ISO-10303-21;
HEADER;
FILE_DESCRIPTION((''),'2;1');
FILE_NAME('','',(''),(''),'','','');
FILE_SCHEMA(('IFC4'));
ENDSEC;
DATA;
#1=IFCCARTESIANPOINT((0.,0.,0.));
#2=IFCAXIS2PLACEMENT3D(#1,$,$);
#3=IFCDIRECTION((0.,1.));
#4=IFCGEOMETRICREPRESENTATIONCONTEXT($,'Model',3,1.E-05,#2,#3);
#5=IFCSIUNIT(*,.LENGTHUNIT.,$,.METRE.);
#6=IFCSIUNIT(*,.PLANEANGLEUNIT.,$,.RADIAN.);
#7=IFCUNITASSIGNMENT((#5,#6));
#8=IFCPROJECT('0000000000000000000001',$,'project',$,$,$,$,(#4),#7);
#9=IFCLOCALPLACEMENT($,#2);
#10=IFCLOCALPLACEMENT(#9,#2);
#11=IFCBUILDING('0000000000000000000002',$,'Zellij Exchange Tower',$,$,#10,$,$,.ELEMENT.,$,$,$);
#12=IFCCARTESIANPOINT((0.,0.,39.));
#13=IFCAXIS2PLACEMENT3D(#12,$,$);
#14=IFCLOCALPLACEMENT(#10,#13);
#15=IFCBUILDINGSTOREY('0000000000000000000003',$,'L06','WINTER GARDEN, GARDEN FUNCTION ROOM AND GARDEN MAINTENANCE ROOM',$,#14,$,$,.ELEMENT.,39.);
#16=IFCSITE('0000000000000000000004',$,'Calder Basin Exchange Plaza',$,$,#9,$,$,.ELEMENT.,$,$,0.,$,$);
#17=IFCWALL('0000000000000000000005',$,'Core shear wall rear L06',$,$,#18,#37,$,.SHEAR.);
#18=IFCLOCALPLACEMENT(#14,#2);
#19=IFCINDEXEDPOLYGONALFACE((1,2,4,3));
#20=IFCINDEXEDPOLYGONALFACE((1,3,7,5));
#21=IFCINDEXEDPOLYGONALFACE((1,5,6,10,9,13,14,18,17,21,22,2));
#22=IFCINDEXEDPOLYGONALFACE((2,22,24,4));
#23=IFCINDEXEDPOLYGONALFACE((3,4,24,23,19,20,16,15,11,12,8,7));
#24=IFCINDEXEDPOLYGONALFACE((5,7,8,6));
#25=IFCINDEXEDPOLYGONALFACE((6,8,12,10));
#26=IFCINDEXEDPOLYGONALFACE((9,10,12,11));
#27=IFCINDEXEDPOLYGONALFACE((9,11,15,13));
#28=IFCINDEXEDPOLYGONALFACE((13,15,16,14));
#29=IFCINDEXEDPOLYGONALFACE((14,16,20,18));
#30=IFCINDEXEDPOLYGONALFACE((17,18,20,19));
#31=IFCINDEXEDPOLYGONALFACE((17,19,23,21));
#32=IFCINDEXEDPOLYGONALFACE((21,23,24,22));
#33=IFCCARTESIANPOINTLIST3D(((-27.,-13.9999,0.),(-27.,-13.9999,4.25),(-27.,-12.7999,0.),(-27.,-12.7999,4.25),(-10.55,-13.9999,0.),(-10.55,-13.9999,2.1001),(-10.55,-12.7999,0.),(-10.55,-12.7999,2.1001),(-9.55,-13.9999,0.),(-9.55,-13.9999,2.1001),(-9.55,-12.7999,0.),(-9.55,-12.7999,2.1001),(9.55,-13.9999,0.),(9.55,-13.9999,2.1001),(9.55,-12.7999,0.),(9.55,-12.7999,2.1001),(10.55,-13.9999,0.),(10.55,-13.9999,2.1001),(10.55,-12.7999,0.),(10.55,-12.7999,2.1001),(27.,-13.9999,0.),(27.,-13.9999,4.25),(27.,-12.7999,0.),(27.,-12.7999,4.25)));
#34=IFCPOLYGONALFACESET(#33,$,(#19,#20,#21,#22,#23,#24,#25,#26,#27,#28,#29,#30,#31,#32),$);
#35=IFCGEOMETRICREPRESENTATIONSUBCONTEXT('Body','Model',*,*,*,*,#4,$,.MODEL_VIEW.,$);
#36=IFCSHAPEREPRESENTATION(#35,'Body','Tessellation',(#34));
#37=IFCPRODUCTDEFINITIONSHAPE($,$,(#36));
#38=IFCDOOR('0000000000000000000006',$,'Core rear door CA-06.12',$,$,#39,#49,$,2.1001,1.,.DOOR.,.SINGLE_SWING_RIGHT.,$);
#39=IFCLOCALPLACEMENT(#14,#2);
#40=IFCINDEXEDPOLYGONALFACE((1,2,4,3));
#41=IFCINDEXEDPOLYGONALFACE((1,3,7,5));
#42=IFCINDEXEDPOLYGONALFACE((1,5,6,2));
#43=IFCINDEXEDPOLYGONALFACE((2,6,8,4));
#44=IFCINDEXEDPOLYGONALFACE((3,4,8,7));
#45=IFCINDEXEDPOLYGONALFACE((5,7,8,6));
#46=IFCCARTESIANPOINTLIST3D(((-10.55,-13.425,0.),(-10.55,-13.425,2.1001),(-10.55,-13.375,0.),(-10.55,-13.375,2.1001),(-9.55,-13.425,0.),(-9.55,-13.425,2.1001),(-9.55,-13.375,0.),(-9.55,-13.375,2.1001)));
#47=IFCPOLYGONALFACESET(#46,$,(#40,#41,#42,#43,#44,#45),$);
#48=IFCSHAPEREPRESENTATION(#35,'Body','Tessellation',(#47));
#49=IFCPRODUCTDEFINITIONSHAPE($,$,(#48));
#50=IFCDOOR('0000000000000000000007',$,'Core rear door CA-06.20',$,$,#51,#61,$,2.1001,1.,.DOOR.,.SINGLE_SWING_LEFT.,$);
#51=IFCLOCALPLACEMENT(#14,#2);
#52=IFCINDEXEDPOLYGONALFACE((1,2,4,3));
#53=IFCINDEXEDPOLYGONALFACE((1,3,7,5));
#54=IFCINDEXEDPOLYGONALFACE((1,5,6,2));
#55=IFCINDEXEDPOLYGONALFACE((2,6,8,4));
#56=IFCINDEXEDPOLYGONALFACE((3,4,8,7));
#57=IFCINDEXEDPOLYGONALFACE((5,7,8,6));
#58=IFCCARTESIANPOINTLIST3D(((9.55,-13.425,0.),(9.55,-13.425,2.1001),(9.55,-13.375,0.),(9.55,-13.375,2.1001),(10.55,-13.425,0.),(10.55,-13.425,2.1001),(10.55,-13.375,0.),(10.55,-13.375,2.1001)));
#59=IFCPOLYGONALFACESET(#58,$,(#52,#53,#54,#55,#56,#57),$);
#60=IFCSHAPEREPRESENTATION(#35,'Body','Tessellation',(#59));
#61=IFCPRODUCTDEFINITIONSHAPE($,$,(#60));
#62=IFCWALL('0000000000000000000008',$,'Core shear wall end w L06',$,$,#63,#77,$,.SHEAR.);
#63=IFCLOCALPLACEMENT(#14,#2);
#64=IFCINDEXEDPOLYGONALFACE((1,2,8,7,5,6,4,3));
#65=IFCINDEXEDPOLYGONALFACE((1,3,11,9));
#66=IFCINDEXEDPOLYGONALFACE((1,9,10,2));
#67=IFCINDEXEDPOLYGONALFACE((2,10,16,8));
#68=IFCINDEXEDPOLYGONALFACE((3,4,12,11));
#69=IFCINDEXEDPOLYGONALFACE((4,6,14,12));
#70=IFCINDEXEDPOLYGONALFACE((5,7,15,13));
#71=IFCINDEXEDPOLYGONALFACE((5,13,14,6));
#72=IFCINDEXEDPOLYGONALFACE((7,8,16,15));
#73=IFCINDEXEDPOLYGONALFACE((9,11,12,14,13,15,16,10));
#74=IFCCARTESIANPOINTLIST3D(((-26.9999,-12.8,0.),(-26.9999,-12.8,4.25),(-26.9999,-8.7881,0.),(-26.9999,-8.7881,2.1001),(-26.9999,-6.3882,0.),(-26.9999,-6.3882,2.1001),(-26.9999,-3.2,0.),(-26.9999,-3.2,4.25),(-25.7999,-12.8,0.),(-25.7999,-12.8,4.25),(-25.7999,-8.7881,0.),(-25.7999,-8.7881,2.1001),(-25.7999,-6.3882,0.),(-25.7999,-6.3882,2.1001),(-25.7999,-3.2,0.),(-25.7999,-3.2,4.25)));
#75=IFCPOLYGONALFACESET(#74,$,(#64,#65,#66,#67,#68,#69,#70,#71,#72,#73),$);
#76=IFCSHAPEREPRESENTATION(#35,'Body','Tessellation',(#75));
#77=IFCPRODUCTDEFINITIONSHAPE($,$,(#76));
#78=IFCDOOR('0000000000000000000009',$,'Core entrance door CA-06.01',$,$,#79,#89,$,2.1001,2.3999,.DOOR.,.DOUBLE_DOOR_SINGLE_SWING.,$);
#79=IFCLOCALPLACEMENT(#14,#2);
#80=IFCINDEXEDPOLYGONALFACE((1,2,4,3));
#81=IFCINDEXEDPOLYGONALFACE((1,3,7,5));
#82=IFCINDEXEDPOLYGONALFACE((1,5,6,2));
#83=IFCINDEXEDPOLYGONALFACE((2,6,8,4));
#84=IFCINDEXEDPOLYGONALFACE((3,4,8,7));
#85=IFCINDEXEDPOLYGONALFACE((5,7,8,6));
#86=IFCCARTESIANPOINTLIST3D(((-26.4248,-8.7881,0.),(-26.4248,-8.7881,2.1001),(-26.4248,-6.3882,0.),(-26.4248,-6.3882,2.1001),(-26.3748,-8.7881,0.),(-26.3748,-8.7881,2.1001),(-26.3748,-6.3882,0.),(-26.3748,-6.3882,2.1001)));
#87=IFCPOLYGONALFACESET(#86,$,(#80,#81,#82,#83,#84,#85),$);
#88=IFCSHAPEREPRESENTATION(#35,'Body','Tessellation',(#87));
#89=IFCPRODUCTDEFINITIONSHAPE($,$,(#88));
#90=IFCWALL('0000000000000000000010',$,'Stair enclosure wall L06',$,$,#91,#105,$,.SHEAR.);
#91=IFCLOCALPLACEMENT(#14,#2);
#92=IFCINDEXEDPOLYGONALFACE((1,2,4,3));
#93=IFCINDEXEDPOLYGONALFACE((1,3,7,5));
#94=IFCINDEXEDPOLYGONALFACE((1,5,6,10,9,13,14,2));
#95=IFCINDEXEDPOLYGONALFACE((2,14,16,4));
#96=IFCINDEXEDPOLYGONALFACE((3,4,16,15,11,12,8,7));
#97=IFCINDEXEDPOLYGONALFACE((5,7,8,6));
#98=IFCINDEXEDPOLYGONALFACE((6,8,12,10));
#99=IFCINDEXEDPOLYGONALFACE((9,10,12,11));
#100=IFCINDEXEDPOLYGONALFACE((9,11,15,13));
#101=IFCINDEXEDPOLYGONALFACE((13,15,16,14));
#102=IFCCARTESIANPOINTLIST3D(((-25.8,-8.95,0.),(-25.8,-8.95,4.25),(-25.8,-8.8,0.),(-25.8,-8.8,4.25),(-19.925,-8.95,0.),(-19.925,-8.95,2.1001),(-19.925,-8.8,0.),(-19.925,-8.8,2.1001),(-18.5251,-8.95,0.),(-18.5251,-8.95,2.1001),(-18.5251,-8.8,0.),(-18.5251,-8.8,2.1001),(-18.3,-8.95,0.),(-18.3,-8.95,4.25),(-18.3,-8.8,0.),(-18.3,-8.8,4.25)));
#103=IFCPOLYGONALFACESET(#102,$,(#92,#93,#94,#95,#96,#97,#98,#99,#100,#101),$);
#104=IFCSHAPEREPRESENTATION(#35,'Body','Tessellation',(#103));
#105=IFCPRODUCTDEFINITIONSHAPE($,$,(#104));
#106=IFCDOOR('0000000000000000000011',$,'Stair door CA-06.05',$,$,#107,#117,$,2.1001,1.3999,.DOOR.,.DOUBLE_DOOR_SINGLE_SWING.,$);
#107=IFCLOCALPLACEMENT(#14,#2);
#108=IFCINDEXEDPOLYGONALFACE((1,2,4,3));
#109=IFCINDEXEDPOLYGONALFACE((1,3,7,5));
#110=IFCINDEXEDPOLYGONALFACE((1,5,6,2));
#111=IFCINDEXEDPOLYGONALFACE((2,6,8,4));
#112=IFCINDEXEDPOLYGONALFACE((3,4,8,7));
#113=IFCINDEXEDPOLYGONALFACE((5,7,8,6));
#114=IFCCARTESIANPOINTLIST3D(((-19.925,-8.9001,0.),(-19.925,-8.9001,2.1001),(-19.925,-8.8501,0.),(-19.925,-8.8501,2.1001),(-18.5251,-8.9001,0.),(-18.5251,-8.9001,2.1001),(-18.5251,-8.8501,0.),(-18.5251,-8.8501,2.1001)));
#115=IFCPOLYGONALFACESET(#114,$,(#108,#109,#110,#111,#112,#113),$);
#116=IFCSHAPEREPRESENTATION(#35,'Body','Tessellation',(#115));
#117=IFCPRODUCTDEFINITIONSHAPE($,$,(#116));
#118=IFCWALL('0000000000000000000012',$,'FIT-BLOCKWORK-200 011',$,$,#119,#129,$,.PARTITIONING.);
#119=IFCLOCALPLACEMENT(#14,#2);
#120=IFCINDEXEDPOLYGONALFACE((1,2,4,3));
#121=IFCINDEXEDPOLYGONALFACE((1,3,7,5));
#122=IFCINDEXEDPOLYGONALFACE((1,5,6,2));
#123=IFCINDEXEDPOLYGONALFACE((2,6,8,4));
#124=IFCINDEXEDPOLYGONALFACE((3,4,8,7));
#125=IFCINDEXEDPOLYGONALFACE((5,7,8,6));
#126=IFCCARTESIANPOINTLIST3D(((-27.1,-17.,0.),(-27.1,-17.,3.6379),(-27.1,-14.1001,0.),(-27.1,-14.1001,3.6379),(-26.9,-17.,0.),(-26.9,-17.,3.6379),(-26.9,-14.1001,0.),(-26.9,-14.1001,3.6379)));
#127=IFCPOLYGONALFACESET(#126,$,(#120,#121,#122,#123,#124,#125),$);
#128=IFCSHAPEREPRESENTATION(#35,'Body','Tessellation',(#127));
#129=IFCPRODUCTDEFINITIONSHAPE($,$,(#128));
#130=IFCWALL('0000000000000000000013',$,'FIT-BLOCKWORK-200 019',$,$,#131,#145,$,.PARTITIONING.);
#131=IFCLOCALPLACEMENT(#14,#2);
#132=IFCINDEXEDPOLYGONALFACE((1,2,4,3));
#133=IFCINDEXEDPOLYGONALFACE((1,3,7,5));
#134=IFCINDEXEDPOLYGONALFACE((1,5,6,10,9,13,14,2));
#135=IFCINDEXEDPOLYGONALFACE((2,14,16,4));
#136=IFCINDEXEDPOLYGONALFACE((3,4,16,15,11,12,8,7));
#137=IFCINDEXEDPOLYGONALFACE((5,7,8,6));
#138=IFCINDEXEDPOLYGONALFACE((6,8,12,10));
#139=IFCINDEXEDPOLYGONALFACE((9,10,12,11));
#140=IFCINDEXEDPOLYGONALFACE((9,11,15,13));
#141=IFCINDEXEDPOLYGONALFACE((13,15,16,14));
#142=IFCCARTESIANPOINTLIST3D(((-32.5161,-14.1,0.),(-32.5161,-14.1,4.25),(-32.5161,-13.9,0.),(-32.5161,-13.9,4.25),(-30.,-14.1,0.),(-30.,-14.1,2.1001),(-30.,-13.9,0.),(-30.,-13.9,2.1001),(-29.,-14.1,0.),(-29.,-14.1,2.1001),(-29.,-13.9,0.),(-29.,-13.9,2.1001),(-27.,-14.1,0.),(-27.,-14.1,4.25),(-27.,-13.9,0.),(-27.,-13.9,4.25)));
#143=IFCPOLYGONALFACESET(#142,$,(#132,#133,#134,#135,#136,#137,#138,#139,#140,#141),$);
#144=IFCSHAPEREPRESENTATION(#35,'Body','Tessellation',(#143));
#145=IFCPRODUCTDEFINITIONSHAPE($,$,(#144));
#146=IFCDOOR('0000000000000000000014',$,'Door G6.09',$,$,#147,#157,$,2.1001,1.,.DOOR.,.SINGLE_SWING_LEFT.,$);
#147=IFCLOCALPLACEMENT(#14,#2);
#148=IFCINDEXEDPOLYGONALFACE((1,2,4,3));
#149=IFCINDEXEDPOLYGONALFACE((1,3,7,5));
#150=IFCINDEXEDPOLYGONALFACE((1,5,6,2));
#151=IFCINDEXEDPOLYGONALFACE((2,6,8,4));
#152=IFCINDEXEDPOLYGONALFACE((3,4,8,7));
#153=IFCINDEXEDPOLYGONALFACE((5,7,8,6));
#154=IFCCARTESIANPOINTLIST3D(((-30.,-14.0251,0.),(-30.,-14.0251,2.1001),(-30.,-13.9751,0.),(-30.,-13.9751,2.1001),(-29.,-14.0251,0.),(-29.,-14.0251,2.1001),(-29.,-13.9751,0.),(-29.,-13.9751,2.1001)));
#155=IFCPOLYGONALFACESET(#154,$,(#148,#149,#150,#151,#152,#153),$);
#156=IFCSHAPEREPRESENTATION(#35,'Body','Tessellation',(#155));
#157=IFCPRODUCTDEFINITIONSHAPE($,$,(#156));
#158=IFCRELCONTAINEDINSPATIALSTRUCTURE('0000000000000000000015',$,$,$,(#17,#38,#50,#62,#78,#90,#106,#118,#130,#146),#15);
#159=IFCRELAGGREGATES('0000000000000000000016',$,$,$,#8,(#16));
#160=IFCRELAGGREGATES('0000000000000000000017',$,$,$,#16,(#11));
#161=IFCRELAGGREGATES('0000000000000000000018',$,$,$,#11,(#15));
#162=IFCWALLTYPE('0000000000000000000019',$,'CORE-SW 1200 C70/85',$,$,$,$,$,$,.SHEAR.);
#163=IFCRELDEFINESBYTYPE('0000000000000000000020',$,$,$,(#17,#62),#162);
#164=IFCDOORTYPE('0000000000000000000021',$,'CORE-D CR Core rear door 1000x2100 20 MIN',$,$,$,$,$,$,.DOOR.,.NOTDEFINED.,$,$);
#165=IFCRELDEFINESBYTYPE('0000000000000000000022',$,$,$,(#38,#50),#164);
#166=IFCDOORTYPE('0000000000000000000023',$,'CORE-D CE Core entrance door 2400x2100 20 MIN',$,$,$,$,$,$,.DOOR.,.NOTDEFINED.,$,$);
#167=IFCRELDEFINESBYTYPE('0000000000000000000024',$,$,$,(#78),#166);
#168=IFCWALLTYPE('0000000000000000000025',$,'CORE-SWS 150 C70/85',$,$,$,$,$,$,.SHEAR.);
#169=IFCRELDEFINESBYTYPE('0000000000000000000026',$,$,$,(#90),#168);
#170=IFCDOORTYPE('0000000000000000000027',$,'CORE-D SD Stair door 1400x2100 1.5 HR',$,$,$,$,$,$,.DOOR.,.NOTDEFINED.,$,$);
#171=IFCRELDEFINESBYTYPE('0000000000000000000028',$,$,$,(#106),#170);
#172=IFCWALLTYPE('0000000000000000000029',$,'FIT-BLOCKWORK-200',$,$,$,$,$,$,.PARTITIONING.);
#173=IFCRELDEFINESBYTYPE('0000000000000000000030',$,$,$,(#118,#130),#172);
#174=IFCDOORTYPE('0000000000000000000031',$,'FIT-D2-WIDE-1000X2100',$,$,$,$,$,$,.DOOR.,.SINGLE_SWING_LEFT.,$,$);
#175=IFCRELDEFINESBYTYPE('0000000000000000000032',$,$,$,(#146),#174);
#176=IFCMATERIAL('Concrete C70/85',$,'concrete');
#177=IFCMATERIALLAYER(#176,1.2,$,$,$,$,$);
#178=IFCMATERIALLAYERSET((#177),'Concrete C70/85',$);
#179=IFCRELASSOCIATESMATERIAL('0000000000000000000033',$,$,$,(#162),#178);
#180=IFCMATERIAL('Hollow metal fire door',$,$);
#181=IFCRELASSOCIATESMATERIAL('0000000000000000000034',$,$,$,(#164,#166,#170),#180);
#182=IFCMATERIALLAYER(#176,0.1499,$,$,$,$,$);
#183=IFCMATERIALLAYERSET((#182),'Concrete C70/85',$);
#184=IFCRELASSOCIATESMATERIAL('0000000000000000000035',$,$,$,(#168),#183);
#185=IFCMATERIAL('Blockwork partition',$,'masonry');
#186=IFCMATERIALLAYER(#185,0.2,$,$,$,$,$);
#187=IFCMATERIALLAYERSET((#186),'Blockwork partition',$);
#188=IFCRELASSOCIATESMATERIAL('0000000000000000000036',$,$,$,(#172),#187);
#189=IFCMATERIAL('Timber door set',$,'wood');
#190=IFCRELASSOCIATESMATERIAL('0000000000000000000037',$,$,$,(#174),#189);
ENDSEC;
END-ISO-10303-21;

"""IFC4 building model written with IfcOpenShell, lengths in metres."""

from ifc_helpers import new_model, si_unit, direction, frame, frame_2d, origin, place, context, subcontext, project, spatial, rectangle, extrude, material, layer, layer_set, type_object, element, fill, save


model = new_model("IFC4")

# Units and contexts
model_context = context("Model", 3, precision=1e-05, world=origin(), true_north=direction((0.0, 1.0)))
body_context = subcontext(model_context, "Body", "Model", "MODEL_VIEW")
ifc_project = project(units=[si_unit("LENGTHUNIT", "METRE"), si_unit("PLANEANGLEUNIT", "RADIAN")], contexts=[model_context])

# Site, building, storey
site_placement = place(None, origin())
site = spatial("IfcSite", under=ifc_project, at=site_placement, Name="Calder Basin Exchange Plaza", CompositionType="ELEMENT", RefElevation=0.0)
building_placement = place(site_placement, origin())
building = spatial("IfcBuilding", under=site, at=building_placement, Name="Zellij Exchange Tower", CompositionType="ELEMENT")
storey_placement = place(building_placement, frame((0.0, 0.0, 39.0)))
storey = spatial("IfcBuildingStorey", under=building, at=storey_placement, Name="L06", Description="WINTER GARDEN, GARDEN FUNCTION ROOM AND GARDEN MAINTENANCE ROOM", CompositionType="ELEMENT", Elevation=39.0)

# Shared definitions
ifc_material_1 = material(Name="Concrete C70/85", Category="concrete")

# Wall, openings, doors
ifc_layer_1 = layer(ifc_material_1, 1.2)
ifc_layer_set_1 = layer_set([ifc_layer_1], Name="Concrete C70/85")
wall_type_1 = type_object("IfcWallType", Name="CORE-SW 1200 C70/85", PredefinedType="SHEAR", material=ifc_layer_set_1)
wall_1_placement = place(storey_placement, frame((-27.0, -13.3999, 0.0), z_axis=(0.0, 0.0, 1.0), x_axis=(1.0, 0.0, 0.0)))
wall_1 = element("IfcWall", 1, at=wall_1_placement, inside=storey, type_object=wall_type_1, Name="Core shear wall rear L06", PredefinedType="SHEAR", context=body_context, shape_type="SweptSolid", body=[
    extrude(rectangle(XDim=54.0, YDim=1.2, at=frame_2d((27.0, 0.0))), origin(), (0.0, 0.0, 1.0), 4.25),
])
opening_1_placement = place(wall_1_placement, frame((16.45, 0.0, 0.0)))
opening_1 = element("IfcOpeningElement", 2, at=opening_1_placement, cuts=wall_1, PredefinedType="OPENING", context=body_context, shape_type="SweptSolid", body=[
    extrude(rectangle(XDim=1.0, YDim=2.1001, at=frame_2d((0.5, 1.05))), frame((0.0, 0.6118, 0.0), z_axis=(0.0, -1.0, 0.0), x_axis=(1.0, 0.0, 0.0)), (0.0, 0.0, 1.0), 1.2239),
])
opening_2_placement = place(wall_1_placement, frame((36.55, 0.0, 0.0)))
opening_2 = element("IfcOpeningElement", 3, at=opening_2_placement, cuts=wall_1, PredefinedType="OPENING", context=body_context, shape_type="SweptSolid", body=[
    extrude(rectangle(XDim=1.0, YDim=2.1001, at=frame_2d((0.5, 1.05))), frame((0.0, 0.6118, 0.0), z_axis=(0.0, -1.0, 0.0), x_axis=(1.0, 0.0, 0.0)), (0.0, 0.0, 1.0), 1.2239),
])
ifc_material_2 = material(Name="Hollow metal fire door")
door_type_1 = type_object("IfcDoorType", Name="CORE-D CR Core rear door 1000x2100 20 MIN", OperationType="NOTDEFINED", PredefinedType="DOOR", material=ifc_material_2)
door_1_placement = place(opening_1_placement, origin())
door_1 = element("IfcDoor", 4, at=door_1_placement, inside=storey, type_object=door_type_1, Name="Core rear door CA-06.12", OperationType="SINGLE_SWING_RIGHT", OverallHeight=2.1001, OverallWidth=1.0, PredefinedType="DOOR", context=body_context, shape_type="SweptSolid", body=[
    extrude(rectangle(XDim=1.0, YDim=2.1001, at=frame_2d((0.5, 1.05))), frame((0.0, 0.0249, 0.0), z_axis=(0.0, -1.0, 0.0), x_axis=(1.0, 0.0, 0.0)), (0.0, 0.0, 1.0), 0.05),
])
fill(opening_1, door_1)
door_2_placement = place(opening_2_placement, origin())
door_2 = element("IfcDoor", 5, at=door_2_placement, inside=storey, type_object=door_type_1, Name="Core rear door CA-06.20", OperationType="SINGLE_SWING_LEFT", OverallHeight=2.1001, OverallWidth=1.0, PredefinedType="DOOR", context=body_context, shape_type="SweptSolid", body=[
    extrude(rectangle(XDim=1.0, YDim=2.1001, at=frame_2d((0.5, 1.05))), frame((0.0, 0.0249, 0.0), z_axis=(0.0, -1.0, 0.0), x_axis=(1.0, 0.0, 0.0)), (0.0, 0.0, 1.0), 0.05),
])
fill(opening_2, door_2)

# Walls, openings, doors
wall_2_placement = place(storey_placement, frame((-26.3999, -12.8, 0.0), z_axis=(0.0, 0.0, 1.0), x_axis=(0.0, 1.0, 0.0)))
wall_2 = element("IfcWall", 6, at=wall_2_placement, inside=storey, type_object=wall_type_1, Name="Core shear wall end w L06", PredefinedType="SHEAR", context=body_context, shape_type="SweptSolid", body=[
    extrude(rectangle(XDim=9.6001, YDim=1.2, at=frame_2d((4.8, 0.0))), origin(), (0.0, 0.0, 1.0), 4.25),
])
opening_3_placement = place(wall_2_placement, frame((4.012, 0.0, 0.0)))
opening_3 = element("IfcOpeningElement", 7, at=opening_3_placement, cuts=wall_2, PredefinedType="OPENING", context=body_context, shape_type="SweptSolid", body=[
    extrude(rectangle(XDim=2.3999, YDim=2.1001, at=frame_2d((1.2, 1.05))), frame((0.0, 0.6118, 0.0), z_axis=(0.0, -1.0, 0.0), x_axis=(1.0, 0.0, 0.0)), (0.0, 0.0, 1.0), 1.2239),
])
door_type_2 = type_object("IfcDoorType", Name="CORE-D CE Core entrance door 2400x2100 20 MIN", OperationType="NOTDEFINED", PredefinedType="DOOR", material=ifc_material_2)
door_3_placement = place(opening_3_placement, origin())
door_3 = element("IfcDoor", 8, at=door_3_placement, inside=storey, type_object=door_type_2, Name="Core entrance door CA-06.01", OperationType="DOUBLE_DOOR_SINGLE_SWING", OverallHeight=2.1001, OverallWidth=2.3999, PredefinedType="DOOR", context=body_context, shape_type="SweptSolid", body=[
    extrude(rectangle(XDim=2.3999, YDim=2.1001, at=frame_2d((1.2, 1.05))), frame((0.0, 0.0249, 0.0), z_axis=(0.0, -1.0, 0.0), x_axis=(1.0, 0.0, 0.0)), (0.0, 0.0, 1.0), 0.05),
])
fill(opening_3, door_3)
ifc_layer_2 = layer(ifc_material_1, 0.1499)
ifc_layer_set_2 = layer_set([ifc_layer_2], Name="Concrete C70/85")
wall_type_2 = type_object("IfcWallType", Name="CORE-SWS 150 C70/85", PredefinedType="SHEAR", material=ifc_layer_set_2)
wall_3_placement = place(storey_placement, frame((-25.8, -8.875, 0.0), z_axis=(0.0, 0.0, 1.0), x_axis=(1.0, 0.0, 0.0)))
wall_3 = element("IfcWall", 9, at=wall_3_placement, inside=storey, type_object=wall_type_2, Name="Stair enclosure wall L06", PredefinedType="SHEAR", context=body_context, shape_type="SweptSolid", body=[
    extrude(rectangle(XDim=7.5, YDim=0.1499, at=frame_2d((3.75, 0.0))), origin(), (0.0, 0.0, 1.0), 4.25),
])
opening_4_placement = place(wall_3_placement, frame((5.875, 0.0, 0.0)))
opening_4 = element("IfcOpeningElement", 10, at=opening_4_placement, cuts=wall_3, PredefinedType="OPENING", context=body_context, shape_type="SweptSolid", body=[
    extrude(rectangle(XDim=1.3999, YDim=2.1001, at=frame_2d((0.7, 1.05))), frame((0.0, 0.0869, 0.0), z_axis=(0.0, -1.0, 0.0), x_axis=(1.0, 0.0, 0.0)), (0.0, 0.0, 1.0), 0.1738),
])
door_type_3 = type_object("IfcDoorType", Name="CORE-D SD Stair door 1400x2100 1.5 HR", OperationType="NOTDEFINED", PredefinedType="DOOR", material=ifc_material_2)
door_4_placement = place(opening_4_placement, origin())
door_4 = element("IfcDoor", 11, at=door_4_placement, inside=storey, type_object=door_type_3, Name="Stair door CA-06.05", OperationType="DOUBLE_DOOR_SINGLE_SWING", OverallHeight=2.1001, OverallWidth=1.3999, PredefinedType="DOOR", context=body_context, shape_type="SweptSolid", body=[
    extrude(rectangle(XDim=1.3999, YDim=2.1001, at=frame_2d((0.7, 1.05))), frame((0.0, 0.0249, 0.0), z_axis=(0.0, -1.0, 0.0), x_axis=(1.0, 0.0, 0.0)), (0.0, 0.0, 1.0), 0.05),
])
fill(opening_4, door_4)

# Wall
ifc_material_3 = material(Name="Blockwork partition", Category="masonry")
ifc_layer_3 = layer(ifc_material_3, 0.2)
ifc_layer_set_3 = layer_set([ifc_layer_3], Name="Blockwork partition")
wall_type_3 = type_object("IfcWallType", Name="FIT-BLOCKWORK-200", PredefinedType="PARTITIONING", material=ifc_layer_set_3)
wall_4_placement = place(storey_placement, frame((-27.0, -17.0, 0.0), z_axis=(0.0, 0.0, 1.0), x_axis=(0.0, 1.0, 0.0)))
element("IfcWall", 12, at=wall_4_placement, inside=storey, type_object=wall_type_3, Name="FIT-BLOCKWORK-200 011", PredefinedType="PARTITIONING", context=body_context, shape_type="SweptSolid", body=[
    extrude(rectangle(XDim=2.8999, YDim=0.2, at=frame_2d((1.45, 0.0))), origin(), (0.0, 0.0, 1.0), 3.6379),
])

# Wall, opening, door
wall_5_placement = place(storey_placement, frame((-32.5161, -14.0, 0.0), z_axis=(0.0, 0.0, 1.0), x_axis=(1.0, 0.0, 0.0)))
wall_5 = element("IfcWall", 13, at=wall_5_placement, inside=storey, type_object=wall_type_3, Name="FIT-BLOCKWORK-200 019", PredefinedType="PARTITIONING", context=body_context, shape_type="SweptSolid", body=[
    extrude(rectangle(XDim=5.5161, YDim=0.2, at=frame_2d((2.7581, 0.0))), origin(), (0.0, 0.0, 1.0), 4.25),
])
opening_5_placement = place(wall_5_placement, frame((2.5161, 0.0, 0.0)))
opening_5 = element("IfcOpeningElement", 14, at=opening_5_placement, cuts=wall_5, PredefinedType="OPENING", context=body_context, shape_type="SweptSolid", body=[
    extrude(rectangle(XDim=1.0, YDim=2.1001, at=frame_2d((0.5, 1.05))), frame((0.0, 0.1118, 0.0), z_axis=(0.0, -1.0, 0.0), x_axis=(1.0, 0.0, 0.0)), (0.0, 0.0, 1.0), 0.2239),
])
ifc_material_4 = material(Name="Timber door set", Category="wood")
door_type_4 = type_object("IfcDoorType", Name="FIT-D2-WIDE-1000X2100", OperationType="SINGLE_SWING_LEFT", PredefinedType="DOOR", material=ifc_material_4)
door_5_placement = place(opening_5_placement, origin())
door_5 = element("IfcDoor", 15, at=door_5_placement, inside=storey, type_object=door_type_4, Name="Door G6.09", OperationType="SINGLE_SWING_LEFT", OverallHeight=2.1001, OverallWidth=1.0, PredefinedType="DOOR", context=body_context, shape_type="SweptSolid", body=[
    extrude(rectangle(XDim=1.0, YDim=2.1001, at=frame_2d((0.5, 1.05))), frame((0.0, 0.0249, 0.0), z_axis=(0.0, -1.0, 0.0), x_axis=(1.0, 0.0, 0.0)), (0.0, 0.0, 1.0), 0.05),
])
fill(opening_5, door_5)

save(model, "model.ifc")
